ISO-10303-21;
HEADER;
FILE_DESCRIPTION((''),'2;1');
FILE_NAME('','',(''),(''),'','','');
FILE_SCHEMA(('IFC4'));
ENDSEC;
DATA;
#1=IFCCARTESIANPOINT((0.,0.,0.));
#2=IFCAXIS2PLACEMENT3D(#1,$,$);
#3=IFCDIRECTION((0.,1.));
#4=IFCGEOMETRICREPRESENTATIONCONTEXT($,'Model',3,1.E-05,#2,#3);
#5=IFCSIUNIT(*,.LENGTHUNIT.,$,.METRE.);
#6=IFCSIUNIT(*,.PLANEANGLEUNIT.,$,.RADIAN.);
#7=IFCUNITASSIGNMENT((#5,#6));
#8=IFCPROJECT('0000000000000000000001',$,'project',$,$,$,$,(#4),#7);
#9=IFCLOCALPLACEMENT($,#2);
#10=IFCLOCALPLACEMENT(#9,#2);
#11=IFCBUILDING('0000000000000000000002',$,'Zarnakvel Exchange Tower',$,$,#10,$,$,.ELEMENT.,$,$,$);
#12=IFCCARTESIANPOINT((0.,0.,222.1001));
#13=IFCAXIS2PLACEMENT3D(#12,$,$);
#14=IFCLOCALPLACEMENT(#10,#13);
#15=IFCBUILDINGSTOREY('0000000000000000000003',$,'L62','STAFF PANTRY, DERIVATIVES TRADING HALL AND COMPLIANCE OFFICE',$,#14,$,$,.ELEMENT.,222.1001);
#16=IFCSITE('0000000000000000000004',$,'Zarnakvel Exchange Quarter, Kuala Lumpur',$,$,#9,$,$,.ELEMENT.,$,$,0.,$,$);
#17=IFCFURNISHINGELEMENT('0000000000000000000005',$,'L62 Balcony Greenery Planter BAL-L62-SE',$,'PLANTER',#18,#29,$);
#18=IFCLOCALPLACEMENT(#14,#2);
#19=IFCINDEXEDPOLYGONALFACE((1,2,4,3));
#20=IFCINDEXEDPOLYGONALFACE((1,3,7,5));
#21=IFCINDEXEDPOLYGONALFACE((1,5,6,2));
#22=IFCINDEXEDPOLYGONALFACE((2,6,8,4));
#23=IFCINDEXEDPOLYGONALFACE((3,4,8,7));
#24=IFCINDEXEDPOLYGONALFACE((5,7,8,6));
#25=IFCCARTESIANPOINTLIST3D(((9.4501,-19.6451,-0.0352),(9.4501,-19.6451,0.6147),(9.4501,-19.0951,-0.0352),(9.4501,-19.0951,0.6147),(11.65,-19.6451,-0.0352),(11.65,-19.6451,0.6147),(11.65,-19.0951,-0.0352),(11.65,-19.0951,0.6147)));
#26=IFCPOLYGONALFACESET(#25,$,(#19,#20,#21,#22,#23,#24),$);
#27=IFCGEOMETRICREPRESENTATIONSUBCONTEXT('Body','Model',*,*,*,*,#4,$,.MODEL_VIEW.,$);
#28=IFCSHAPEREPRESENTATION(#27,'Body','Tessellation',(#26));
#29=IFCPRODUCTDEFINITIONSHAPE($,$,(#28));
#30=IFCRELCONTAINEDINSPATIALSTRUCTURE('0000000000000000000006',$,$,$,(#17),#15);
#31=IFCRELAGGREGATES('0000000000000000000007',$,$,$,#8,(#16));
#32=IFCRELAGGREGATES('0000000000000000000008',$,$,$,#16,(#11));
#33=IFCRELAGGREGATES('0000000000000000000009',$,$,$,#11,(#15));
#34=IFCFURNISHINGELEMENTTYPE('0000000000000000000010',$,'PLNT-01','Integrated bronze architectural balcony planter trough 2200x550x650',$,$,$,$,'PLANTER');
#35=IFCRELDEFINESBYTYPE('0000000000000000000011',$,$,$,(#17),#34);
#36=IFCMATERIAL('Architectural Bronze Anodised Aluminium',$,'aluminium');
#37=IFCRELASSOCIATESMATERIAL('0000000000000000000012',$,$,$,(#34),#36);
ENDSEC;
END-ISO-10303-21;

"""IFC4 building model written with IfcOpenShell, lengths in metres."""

from ifc_helpers import new_model, si_unit, direction, frame, origin, origin_2d, place, context, subcontext, project, spatial, rectangle, extrude, source, transform, mapped, material, type_object, element, save


model = new_model("IFC4")

# Units and contexts
model_context = context("Model", 3, precision=1e-05, world=origin(), true_north=direction((0.0, 1.0)))
body_context = subcontext(model_context, "Body", "Model", "MODEL_VIEW")
ifc_project = project(units=[si_unit("LENGTHUNIT", "METRE"), si_unit("PLANEANGLEUNIT", "RADIAN")], contexts=[model_context])

# Site, building, storey
site_placement = place(None, origin())
site = spatial("IfcSite", under=ifc_project, at=site_placement, Name="Zarnakvel Exchange Quarter, Kuala Lumpur", CompositionType="ELEMENT", RefElevation=0.0)
building_placement = place(site_placement, origin())
building = spatial("IfcBuilding", under=site, at=building_placement, Name="Zarnakvel Exchange Tower", CompositionType="ELEMENT")
storey_placement = place(building_placement, frame((0.0, 0.0, 222.1001)))
storey = spatial("IfcBuildingStorey", under=building, at=storey_placement, Name="L62", Description="STAFF PANTRY, DERIVATIVES TRADING HALL AND COMPLIANCE OFFICE", CompositionType="ELEMENT", Elevation=222.1001)

# Shared definitions
ifc_material_1 = material(Name="Architectural Bronze Anodised Aluminium", Category="aluminium")

# Furnishing element
furnishing_element_type = type_object("IfcFurnishingElementType", Name="PLNT-01", Description="Integrated bronze architectural balcony planter trough 2200x550x650", ElementType="PLANTER", material=ifc_material_1)
shared_shape_1 = source(origin(), body_context, "Body", "SweptSolid", [
    extrude(rectangle(XDim=2.2, YDim=0.55, at=origin_2d()), origin(), (0.0, 0.0, 1.0), 0.6499),
])
furnishing_placement = place(storey_placement, frame((10.55, -19.3701, -0.0352), z_axis=(0.0, 0.0, 1.0), x_axis=(1.0, 0.0, 0.0)))
element("IfcFurnishingElement", 1, at=furnishing_placement, inside=storey, type_object=furnishing_element_type, Name="L62 Balcony Greenery Planter BAL-L62-SE", ObjectType="PLANTER", context=body_context, shape_type="MappedRepresentation", body=[
    mapped(shared_shape_1, transform((0.0, 0.0, 0.0), x_axis=(1.0, 0.0, 0.0), y_axis=(0.0, 1.0, 0.0), z_axis=(0.0, 0.0, 1.0), scale=1.0)),
])

save(model, "model.ifc")
